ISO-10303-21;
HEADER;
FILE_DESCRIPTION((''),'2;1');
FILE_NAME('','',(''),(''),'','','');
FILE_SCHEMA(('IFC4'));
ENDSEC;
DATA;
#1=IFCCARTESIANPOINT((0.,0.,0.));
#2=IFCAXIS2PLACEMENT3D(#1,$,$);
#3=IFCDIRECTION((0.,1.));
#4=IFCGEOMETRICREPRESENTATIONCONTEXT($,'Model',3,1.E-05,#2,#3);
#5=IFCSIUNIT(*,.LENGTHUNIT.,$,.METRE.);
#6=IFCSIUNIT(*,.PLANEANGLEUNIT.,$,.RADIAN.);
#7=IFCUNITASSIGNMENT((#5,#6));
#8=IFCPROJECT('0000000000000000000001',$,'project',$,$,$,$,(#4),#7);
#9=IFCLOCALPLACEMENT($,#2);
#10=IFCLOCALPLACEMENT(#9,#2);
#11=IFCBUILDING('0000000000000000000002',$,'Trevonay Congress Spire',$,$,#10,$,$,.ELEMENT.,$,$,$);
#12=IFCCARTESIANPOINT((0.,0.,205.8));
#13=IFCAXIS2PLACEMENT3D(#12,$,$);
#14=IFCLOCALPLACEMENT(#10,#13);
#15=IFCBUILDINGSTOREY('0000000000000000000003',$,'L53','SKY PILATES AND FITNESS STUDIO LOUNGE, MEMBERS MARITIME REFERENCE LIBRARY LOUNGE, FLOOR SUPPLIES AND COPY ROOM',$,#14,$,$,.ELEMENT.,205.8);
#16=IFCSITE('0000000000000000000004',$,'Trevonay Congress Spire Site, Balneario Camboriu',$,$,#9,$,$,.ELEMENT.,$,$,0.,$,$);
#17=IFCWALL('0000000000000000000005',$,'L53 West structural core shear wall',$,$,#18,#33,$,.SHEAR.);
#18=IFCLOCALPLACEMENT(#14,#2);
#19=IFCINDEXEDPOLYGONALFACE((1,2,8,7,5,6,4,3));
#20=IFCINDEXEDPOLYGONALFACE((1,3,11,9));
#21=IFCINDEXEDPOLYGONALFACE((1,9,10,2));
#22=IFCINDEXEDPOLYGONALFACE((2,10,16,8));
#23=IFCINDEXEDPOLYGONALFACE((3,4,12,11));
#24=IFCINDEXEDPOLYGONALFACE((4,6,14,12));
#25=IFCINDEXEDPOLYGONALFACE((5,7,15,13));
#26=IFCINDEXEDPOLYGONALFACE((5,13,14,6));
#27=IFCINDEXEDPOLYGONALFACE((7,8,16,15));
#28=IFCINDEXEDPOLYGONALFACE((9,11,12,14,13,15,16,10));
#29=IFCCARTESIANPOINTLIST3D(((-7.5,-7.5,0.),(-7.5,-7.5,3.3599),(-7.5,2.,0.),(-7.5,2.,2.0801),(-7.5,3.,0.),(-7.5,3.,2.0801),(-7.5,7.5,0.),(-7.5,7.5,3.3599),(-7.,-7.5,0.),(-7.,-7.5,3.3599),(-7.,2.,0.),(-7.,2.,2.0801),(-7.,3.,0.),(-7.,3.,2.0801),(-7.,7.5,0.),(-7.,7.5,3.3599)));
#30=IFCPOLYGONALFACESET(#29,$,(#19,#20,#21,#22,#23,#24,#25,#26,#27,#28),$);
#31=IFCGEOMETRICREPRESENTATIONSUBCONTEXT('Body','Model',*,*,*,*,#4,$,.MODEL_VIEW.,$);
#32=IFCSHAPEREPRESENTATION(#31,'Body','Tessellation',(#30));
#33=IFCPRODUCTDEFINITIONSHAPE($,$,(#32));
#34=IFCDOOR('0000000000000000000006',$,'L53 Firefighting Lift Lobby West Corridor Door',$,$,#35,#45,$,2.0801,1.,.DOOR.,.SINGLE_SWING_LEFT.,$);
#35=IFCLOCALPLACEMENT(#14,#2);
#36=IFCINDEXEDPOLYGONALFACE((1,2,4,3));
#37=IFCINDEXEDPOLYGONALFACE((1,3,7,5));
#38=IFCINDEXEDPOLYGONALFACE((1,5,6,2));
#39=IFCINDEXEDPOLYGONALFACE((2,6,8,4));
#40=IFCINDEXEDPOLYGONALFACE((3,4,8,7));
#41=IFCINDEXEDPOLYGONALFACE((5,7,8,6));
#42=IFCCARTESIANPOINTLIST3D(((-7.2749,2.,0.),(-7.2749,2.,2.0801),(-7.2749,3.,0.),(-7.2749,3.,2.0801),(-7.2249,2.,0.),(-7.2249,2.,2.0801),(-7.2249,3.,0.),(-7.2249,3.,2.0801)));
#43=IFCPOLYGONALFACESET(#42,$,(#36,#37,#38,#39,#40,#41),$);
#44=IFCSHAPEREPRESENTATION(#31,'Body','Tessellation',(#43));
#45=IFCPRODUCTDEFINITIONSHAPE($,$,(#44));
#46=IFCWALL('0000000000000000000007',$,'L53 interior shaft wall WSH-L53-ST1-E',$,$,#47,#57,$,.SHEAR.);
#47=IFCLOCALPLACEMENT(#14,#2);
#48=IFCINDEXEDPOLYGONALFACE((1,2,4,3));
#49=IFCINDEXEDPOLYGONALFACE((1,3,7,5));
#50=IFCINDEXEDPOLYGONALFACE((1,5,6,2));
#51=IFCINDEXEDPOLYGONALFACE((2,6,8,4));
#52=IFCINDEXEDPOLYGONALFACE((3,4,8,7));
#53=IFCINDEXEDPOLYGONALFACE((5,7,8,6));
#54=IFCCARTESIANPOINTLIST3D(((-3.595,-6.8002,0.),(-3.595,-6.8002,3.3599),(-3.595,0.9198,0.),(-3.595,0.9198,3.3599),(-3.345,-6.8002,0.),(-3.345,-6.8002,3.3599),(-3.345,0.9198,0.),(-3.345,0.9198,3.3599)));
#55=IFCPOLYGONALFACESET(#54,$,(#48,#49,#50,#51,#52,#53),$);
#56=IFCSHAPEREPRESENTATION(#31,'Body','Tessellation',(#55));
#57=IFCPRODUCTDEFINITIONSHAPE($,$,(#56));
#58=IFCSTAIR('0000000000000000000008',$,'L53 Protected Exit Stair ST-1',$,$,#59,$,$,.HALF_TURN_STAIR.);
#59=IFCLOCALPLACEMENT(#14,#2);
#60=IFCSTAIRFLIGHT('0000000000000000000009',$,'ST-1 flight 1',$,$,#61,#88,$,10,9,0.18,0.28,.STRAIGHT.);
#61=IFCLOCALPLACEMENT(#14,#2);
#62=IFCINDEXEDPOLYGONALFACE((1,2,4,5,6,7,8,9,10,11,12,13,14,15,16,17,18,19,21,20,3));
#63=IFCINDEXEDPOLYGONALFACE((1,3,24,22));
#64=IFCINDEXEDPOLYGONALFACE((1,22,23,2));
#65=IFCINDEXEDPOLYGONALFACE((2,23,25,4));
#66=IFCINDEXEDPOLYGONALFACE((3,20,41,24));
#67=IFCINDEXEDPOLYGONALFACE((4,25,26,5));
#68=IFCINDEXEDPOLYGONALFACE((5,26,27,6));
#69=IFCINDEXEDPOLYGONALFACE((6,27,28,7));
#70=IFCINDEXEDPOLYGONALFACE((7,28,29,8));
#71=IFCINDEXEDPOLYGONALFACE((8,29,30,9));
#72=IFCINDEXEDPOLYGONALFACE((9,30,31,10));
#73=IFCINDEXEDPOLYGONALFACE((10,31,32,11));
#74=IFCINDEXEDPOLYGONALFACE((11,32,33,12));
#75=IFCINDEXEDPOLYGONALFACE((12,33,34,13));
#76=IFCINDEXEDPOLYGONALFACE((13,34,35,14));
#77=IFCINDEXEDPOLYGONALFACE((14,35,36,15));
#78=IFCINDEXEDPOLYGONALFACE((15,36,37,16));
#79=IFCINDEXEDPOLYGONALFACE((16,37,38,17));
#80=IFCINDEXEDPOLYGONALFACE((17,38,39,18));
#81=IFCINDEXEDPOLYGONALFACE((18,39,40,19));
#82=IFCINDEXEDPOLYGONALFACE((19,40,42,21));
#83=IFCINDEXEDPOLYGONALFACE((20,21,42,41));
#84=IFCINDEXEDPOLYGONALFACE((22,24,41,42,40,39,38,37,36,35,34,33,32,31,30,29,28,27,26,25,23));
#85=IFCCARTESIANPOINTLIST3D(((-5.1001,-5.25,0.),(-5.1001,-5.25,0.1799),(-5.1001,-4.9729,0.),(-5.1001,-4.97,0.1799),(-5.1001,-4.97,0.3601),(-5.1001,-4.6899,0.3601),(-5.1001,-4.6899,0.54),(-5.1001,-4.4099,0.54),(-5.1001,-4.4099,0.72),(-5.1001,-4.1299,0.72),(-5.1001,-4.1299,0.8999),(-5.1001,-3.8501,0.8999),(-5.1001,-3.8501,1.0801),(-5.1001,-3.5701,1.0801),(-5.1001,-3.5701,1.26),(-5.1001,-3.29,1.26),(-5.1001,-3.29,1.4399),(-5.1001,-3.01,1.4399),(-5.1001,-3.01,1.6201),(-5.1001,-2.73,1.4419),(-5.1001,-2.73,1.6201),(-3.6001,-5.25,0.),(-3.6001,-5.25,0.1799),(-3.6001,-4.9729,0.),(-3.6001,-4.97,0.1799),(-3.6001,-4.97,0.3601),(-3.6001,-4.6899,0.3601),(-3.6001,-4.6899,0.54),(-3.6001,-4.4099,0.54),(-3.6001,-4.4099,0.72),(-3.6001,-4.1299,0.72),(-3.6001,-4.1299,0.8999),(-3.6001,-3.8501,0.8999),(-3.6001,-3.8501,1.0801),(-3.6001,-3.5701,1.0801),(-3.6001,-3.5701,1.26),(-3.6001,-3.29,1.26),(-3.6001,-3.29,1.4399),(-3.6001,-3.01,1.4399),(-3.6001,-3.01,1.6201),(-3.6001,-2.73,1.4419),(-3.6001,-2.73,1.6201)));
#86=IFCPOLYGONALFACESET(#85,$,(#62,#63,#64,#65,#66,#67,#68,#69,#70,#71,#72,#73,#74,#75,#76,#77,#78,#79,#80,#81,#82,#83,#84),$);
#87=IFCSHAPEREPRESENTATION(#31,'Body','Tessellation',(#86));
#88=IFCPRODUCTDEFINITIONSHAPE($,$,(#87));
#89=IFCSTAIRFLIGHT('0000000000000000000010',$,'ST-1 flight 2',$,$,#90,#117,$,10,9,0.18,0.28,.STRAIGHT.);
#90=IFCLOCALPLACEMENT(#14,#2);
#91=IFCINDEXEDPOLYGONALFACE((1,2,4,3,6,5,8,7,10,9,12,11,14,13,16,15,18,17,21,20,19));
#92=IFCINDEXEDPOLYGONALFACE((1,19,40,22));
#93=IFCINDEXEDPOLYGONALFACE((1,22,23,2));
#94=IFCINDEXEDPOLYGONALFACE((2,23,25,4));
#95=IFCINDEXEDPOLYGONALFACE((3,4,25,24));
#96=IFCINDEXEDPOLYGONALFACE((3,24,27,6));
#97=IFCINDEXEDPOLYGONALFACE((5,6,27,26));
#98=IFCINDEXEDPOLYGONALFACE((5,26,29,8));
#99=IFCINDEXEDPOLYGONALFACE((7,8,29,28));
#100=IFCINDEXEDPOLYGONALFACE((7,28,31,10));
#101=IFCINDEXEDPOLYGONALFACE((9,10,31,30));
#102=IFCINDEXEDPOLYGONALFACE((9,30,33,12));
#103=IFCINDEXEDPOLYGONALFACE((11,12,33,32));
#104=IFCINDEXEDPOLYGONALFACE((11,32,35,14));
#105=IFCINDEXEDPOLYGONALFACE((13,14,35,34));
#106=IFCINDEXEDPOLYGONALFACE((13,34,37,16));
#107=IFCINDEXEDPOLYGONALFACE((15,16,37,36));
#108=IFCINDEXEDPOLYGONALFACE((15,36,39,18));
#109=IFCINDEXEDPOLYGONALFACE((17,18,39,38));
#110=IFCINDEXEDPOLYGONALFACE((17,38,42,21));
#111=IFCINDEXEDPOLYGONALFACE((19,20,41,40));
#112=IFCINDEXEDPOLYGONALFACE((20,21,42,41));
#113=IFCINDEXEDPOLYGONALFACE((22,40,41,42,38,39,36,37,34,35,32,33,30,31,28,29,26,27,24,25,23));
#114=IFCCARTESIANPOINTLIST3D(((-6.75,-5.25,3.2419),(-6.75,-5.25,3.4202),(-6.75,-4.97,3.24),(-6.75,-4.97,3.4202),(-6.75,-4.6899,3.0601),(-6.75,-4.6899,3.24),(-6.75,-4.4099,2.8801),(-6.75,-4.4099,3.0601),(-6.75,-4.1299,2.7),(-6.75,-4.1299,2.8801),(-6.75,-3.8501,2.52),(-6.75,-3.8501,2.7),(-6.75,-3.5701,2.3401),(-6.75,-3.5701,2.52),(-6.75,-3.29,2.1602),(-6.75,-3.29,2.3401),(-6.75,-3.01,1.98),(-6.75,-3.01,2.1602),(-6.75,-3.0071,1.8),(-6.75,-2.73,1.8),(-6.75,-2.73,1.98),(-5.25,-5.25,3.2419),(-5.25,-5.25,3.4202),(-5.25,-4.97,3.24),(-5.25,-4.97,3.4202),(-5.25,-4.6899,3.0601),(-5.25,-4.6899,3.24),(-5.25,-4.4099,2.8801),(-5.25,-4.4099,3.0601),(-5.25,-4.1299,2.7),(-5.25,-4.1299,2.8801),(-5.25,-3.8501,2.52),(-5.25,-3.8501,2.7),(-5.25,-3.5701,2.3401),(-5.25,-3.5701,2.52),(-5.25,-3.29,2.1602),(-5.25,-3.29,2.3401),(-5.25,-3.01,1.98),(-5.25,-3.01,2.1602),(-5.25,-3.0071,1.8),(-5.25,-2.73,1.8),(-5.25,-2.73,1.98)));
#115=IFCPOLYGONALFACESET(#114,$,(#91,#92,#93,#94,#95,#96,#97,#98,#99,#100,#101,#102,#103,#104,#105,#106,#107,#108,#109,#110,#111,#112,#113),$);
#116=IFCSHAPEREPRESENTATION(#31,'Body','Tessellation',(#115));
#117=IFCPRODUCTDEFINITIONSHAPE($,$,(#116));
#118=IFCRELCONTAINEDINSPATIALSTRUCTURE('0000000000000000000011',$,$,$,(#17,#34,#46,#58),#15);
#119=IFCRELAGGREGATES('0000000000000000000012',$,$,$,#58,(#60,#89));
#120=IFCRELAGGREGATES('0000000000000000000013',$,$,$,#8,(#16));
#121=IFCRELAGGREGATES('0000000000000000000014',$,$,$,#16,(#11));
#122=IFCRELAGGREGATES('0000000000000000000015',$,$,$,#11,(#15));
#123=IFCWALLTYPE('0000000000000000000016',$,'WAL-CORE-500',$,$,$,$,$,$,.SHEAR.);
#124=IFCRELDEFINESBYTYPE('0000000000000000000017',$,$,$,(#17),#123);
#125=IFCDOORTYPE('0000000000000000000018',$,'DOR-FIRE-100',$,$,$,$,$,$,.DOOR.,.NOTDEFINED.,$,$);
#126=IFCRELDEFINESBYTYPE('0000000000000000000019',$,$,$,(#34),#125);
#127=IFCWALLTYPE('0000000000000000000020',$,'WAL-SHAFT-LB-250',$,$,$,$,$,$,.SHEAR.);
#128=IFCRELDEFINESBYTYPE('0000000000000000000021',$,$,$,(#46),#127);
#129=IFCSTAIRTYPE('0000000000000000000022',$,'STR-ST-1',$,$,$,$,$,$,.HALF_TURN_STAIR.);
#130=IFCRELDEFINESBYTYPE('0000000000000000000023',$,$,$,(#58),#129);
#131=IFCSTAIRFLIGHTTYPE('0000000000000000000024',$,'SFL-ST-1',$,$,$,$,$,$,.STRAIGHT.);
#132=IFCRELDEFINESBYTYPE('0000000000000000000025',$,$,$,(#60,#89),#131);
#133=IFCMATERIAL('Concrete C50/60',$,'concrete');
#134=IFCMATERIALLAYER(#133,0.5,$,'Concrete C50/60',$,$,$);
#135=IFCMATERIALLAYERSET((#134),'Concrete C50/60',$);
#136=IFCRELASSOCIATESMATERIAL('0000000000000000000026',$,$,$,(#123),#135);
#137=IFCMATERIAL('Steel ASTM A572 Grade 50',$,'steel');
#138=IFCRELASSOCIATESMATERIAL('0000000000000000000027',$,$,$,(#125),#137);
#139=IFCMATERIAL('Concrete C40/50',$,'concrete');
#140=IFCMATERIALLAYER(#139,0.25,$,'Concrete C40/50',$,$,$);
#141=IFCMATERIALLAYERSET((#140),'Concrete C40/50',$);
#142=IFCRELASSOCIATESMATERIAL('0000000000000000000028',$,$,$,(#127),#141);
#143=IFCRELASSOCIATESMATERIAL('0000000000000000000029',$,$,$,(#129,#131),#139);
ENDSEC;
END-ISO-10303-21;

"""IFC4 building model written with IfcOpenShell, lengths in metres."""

from ifc_helpers import new_model, si_unit, direction, frame, frame_2d, origin, place, context, subcontext, project, spatial, polyline, rectangle, outline, extrude, material, layer, layer_set, type_object, element, fill, aggregate, save


model = new_model("IFC4")

# Units and contexts
model_context = context("Model", 3, precision=1e-05, world=origin(), true_north=direction((0.0, 1.0)))
body_context = subcontext(model_context, "Body", "Model", "MODEL_VIEW")
ifc_project = project(units=[si_unit("LENGTHUNIT", "METRE"), si_unit("PLANEANGLEUNIT", "RADIAN")], contexts=[model_context])

# Site, building, storey
site_placement = place(None, origin())
site = spatial("IfcSite", under=ifc_project, at=site_placement, Name="Trevonay Congress Spire Site, Balneario Camboriu", CompositionType="ELEMENT", RefElevation=0.0)
building_placement = place(site_placement, origin())
building = spatial("IfcBuilding", under=site, at=building_placement, Name="Trevonay Congress Spire", CompositionType="ELEMENT")
storey_placement = place(building_placement, frame((0.0, 0.0, 205.8)))
storey = spatial("IfcBuildingStorey", under=building, at=storey_placement, Name="L53", Description="SKY PILATES AND FITNESS STUDIO LOUNGE, MEMBERS MARITIME REFERENCE LIBRARY LOUNGE, FLOOR SUPPLIES AND COPY ROOM", CompositionType="ELEMENT", Elevation=205.8)

# Shared definitions
ifc_material_1 = material(Name="Steel ASTM A572 Grade 50", Category="steel")

# Shared definitions
ifc_material_2 = material(Name="Concrete C50/60", Category="concrete")
ifc_layer_1 = layer(ifc_material_2, 0.5, Name="Concrete C50/60")
ifc_layer_set_1 = layer_set([ifc_layer_1], Name="Concrete C50/60")
wall_type_1 = type_object("IfcWallType", Name="WAL-CORE-500", PredefinedType="SHEAR", material=ifc_layer_set_1)
door_type_1 = type_object("IfcDoorType", Name="DOR-FIRE-100", OperationType="NOTDEFINED", PredefinedType="DOOR", material=ifc_material_1)

# Wall, opening, door
wall_1_placement = place(storey_placement, frame((-7.25, -7.5, 0.0), z_axis=(0.0, 0.0, 1.0), x_axis=(0.0, 1.0, 0.0)))
wall_1 = element("IfcWall", 1, at=wall_1_placement, inside=storey, type_object=wall_type_1, Name="L53 West structural core shear wall", PredefinedType="SHEAR", context=body_context, shape_type="SweptSolid", body=[
    extrude(rectangle(XDim=15.0, YDim=0.5, at=frame_2d((7.5, 0.0))), origin(), (0.0, 0.0, 1.0), 3.3599),
])
opening_1_placement = place(wall_1_placement, frame((9.5, 0.0, 0.0)))
opening_1 = element("IfcOpeningElement", 2, at=opening_1_placement, cuts=wall_1, PredefinedType="OPENING", context=body_context, shape_type="SweptSolid", body=[
    extrude(rectangle(XDim=1.0, YDim=2.0801, at=frame_2d((0.5, 1.04))), frame((0.0, 0.26, 0.0), z_axis=(0.0, -1.0, 0.0), x_axis=(1.0, 0.0, 0.0)), (0.0, 0.0, 1.0), 0.52),
])
door_1_placement = place(opening_1_placement, origin())
door_1 = element("IfcDoor", 3, at=door_1_placement, inside=storey, type_object=door_type_1, Name="L53 Firefighting Lift Lobby West Corridor Door", OperationType="SINGLE_SWING_LEFT", OverallHeight=2.0801, OverallWidth=1.0, PredefinedType="DOOR", context=body_context, shape_type="SweptSolid", body=[
    extrude(rectangle(XDim=1.0, YDim=2.0801, at=frame_2d((0.5, 1.04))), frame((0.0, 0.0249, 0.0), z_axis=(0.0, -1.0, 0.0), x_axis=(1.0, 0.0, 0.0)), (0.0, 0.0, 1.0), 0.05),
])
fill(opening_1, door_1)

# Wall
ifc_material_3 = material(Name="Concrete C40/50", Category="concrete")
ifc_layer_2 = layer(ifc_material_3, 0.25, Name="Concrete C40/50")
ifc_layer_set_2 = layer_set([ifc_layer_2], Name="Concrete C40/50")
wall_type_2 = type_object("IfcWallType", Name="WAL-SHAFT-LB-250", PredefinedType="SHEAR", material=ifc_layer_set_2)
wall_2_placement = place(storey_placement, frame((-3.47, -6.8, 0.0), z_axis=(0.0, 0.0, 1.0), x_axis=(0.0, 1.0, 0.0)))
element("IfcWall", 4, at=wall_2_placement, inside=storey, type_object=wall_type_2, Name="L53 interior shaft wall WSH-L53-ST1-E", PredefinedType="SHEAR", context=body_context, shape_type="SweptSolid", body=[
    extrude(rectangle(XDim=7.72, YDim=0.25, at=frame_2d((3.8599, 0.0))), origin(), (0.0, 0.0, 1.0), 3.3599),
])

# Stair, stair flights
stair_type = type_object("IfcStairType", Name="STR-ST-1", PredefinedType="HALF_TURN_STAIR", material=ifc_material_3)
stair_placement = place(storey_placement, origin())
stair = element("IfcStair", 5, at=stair_placement, inside=storey, type_object=stair_type, Name="L53 Protected Exit Stair ST-1", PredefinedType="HALF_TURN_STAIR")
stair_flight_type = type_object("IfcStairFlightType", Name="SFL-ST-1", PredefinedType="STRAIGHT", material=ifc_material_3)
stair_flight_1_placement = place(storey_placement, frame((-4.3501, -5.25, 0.0), z_axis=(0.0, 0.0, 1.0), x_axis=(0.0, 1.0, 0.0)))
stair_flight_1 = element("IfcStairFlight", 6, at=stair_flight_1_placement, type_object=stair_flight_type, Name="ST-1 flight 1", NumberOfRisers=10, NumberOfTreads=9, PredefinedType="STRAIGHT", RiserHeight=0.18, TreadLength=0.28, context=body_context, shape_type="SweptSolid", body=[
    extrude(outline(polyline([(0.0, 0.0), (0.0, 0.1799), (0.28, 0.1799), (0.28, 0.3601), (0.5601, 0.3601), (0.5601, 0.54), (0.8401, 0.54), (0.8401, 0.72), (1.1201, 0.72), (1.1201, 0.8999), (1.3999, 0.8999), (1.3999, 1.0801), (1.6799, 1.0801), (1.6799, 1.26), (1.96, 1.26), (1.96, 1.4399), (2.24, 1.4399), (2.24, 1.6201), (2.52, 1.6201), (2.52, 1.8), (2.52, 1.4419), (0.2771, 0.0), (0.0, 0.0)])), frame((0.0, 0.75, 0.0), z_axis=(0.0, -1.0, 0.0), x_axis=(1.0, 0.0, 0.0)), (0.0, 0.0, 1.0), 1.5),
])
stair_flight_2_placement = place(storey_placement, frame((-6.0, -2.73, 1.8), z_axis=(0.0, 0.0, 1.0), x_axis=(0.0, -1.0, 0.0)))
stair_flight_2 = element("IfcStairFlight", 7, at=stair_flight_2_placement, type_object=stair_flight_type, Name="ST-1 flight 2", NumberOfRisers=10, NumberOfTreads=9, PredefinedType="STRAIGHT", RiserHeight=0.18, TreadLength=0.28, context=body_context, shape_type="SweptSolid", body=[
    extrude(outline(polyline([(0.0, 0.0), (0.0, 0.1799), (0.28, 0.1799), (0.28, 0.3601), (0.5601, 0.3601), (0.5601, 0.54), (0.8401, 0.54), (0.8401, 0.72), (1.1201, 0.72), (1.1201, 0.8999), (1.3999, 0.8999), (1.3999, 1.0801), (1.6799, 1.0801), (1.6799, 1.26), (1.96, 1.26), (1.96, 1.4399), (2.24, 1.4399), (2.24, 1.6201), (2.52, 1.6201), (2.52, 1.8), (2.52, 1.4419), (0.2771, 0.0), (0.0, 0.0)])), frame((0.0, 0.75, 0.0), z_axis=(0.0, -1.0, 0.0), x_axis=(1.0, 0.0, 0.0)), (0.0, 0.0, 1.0), 1.5),
])
aggregate(stair, [stair_flight_1, stair_flight_2])

save(model, "model.ifc")
